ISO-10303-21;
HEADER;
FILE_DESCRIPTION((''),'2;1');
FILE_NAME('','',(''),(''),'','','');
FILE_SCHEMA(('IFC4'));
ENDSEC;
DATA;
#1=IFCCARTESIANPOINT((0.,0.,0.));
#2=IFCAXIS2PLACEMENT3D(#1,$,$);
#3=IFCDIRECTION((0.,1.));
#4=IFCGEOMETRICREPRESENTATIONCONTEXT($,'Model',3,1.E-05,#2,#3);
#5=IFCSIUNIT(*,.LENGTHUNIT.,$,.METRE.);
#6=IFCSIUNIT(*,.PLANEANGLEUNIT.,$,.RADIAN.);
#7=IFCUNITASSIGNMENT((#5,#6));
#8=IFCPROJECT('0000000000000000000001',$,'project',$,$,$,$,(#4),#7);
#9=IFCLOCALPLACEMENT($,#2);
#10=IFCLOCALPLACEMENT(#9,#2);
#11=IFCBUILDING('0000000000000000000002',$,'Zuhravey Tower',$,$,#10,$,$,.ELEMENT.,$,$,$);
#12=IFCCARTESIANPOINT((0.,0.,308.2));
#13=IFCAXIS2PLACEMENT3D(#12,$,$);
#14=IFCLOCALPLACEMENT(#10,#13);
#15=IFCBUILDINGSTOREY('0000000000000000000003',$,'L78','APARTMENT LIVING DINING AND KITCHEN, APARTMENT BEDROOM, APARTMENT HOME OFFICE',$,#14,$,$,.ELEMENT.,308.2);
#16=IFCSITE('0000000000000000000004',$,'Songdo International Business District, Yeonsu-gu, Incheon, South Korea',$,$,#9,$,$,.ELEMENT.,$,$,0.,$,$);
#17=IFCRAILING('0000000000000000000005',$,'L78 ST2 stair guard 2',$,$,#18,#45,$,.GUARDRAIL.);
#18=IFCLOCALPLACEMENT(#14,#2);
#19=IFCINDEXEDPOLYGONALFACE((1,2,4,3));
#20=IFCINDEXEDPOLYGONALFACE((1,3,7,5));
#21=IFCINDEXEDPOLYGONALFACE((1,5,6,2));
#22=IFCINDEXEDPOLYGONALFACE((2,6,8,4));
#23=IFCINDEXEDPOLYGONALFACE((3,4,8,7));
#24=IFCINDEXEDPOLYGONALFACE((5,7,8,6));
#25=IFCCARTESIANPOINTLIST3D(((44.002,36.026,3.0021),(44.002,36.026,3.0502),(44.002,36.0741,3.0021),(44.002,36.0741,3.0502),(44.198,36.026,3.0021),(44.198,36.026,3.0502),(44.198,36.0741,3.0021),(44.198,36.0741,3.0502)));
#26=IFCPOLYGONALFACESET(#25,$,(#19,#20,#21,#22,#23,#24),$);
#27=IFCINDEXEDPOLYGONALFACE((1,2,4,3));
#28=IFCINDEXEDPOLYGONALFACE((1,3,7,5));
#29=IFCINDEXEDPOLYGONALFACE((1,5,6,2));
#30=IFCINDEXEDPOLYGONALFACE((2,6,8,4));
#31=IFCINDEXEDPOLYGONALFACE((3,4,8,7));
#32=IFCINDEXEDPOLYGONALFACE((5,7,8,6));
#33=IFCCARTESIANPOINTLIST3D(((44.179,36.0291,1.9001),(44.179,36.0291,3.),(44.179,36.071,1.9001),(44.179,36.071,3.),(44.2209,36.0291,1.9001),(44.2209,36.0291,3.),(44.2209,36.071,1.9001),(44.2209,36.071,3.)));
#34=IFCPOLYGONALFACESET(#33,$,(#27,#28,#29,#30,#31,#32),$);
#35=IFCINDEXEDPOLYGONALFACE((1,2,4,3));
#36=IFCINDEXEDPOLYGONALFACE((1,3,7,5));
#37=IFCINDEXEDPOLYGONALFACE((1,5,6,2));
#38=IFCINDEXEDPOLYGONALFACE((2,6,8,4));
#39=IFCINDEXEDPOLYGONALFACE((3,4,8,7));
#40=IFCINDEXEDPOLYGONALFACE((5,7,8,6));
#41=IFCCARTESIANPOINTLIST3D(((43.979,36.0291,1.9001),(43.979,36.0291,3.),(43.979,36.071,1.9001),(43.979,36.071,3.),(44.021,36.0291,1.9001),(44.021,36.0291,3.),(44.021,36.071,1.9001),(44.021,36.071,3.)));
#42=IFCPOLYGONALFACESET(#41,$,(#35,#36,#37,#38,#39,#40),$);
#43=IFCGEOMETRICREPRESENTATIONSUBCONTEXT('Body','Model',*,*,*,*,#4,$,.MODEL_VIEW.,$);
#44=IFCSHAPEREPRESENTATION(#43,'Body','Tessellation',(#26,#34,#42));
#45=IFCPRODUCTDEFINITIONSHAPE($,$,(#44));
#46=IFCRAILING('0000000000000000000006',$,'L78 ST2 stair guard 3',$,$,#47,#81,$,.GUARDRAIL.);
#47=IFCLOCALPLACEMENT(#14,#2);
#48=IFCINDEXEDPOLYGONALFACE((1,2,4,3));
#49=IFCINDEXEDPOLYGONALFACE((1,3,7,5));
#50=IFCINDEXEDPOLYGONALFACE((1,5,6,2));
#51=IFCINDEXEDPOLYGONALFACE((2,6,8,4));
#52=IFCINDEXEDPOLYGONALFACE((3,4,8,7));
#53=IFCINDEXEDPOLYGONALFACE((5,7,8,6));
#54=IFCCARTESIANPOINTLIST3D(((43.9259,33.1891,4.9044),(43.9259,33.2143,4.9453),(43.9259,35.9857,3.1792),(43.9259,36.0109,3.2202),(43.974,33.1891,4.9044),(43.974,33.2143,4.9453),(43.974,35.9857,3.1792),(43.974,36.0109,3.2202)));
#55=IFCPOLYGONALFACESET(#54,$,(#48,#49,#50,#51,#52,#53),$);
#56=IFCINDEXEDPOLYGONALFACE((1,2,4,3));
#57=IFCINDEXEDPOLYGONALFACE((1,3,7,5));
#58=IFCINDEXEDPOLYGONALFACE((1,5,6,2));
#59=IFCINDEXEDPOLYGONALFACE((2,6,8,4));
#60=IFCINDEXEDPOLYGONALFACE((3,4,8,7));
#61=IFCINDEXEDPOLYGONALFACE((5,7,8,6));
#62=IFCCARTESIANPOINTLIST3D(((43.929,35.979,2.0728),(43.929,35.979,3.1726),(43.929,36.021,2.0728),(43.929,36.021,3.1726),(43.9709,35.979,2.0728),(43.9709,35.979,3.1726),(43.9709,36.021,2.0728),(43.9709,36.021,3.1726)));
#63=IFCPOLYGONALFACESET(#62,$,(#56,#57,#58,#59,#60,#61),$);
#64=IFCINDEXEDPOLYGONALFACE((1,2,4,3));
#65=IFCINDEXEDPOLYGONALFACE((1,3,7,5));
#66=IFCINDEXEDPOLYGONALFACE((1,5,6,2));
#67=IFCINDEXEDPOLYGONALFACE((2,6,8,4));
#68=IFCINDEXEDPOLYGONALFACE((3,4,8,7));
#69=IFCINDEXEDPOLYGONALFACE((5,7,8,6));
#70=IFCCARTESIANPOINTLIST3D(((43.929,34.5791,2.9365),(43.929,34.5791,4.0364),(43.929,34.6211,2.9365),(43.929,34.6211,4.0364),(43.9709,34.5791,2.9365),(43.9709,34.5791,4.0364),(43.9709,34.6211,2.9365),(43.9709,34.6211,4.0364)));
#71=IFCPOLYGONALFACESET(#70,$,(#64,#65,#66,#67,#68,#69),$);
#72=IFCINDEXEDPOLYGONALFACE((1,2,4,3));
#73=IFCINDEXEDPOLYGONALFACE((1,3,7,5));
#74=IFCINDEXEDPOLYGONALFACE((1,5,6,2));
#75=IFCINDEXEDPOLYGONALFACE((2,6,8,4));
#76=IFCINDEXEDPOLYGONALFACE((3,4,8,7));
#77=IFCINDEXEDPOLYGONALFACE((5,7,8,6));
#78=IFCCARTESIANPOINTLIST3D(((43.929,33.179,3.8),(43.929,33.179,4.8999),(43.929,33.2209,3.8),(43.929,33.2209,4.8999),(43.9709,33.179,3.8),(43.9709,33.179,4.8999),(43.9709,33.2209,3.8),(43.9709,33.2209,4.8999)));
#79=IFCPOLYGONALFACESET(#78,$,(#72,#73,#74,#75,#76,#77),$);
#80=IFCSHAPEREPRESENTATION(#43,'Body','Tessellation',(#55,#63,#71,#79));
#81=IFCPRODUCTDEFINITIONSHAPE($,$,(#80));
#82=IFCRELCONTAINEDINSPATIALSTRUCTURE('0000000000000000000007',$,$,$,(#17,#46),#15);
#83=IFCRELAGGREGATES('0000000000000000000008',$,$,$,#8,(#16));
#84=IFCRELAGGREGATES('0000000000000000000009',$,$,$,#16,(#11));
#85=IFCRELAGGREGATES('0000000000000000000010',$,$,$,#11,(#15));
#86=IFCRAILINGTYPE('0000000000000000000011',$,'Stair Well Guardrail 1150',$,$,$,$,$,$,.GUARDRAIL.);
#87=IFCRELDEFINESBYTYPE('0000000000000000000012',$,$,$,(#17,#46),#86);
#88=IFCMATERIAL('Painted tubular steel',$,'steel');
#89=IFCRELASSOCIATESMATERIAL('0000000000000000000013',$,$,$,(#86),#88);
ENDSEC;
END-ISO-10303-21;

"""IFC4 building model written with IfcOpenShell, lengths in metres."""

from ifc_helpers import new_model, si_unit, direction, frame, origin, origin_2d, place, context, subcontext, project, spatial, rectangle, extrude, material, type_object, element, save


model = new_model("IFC4")

# Units and contexts
model_context = context("Model", 3, precision=1e-05, world=origin(), true_north=direction((0.0, 1.0)))
body_context = subcontext(model_context, "Body", "Model", "MODEL_VIEW")
ifc_project = project(units=[si_unit("LENGTHUNIT", "METRE"), si_unit("PLANEANGLEUNIT", "RADIAN")], contexts=[model_context])

# Site, building, storey
site_placement = place(None, origin())
site = spatial("IfcSite", under=ifc_project, at=site_placement, Name="Songdo International Business District, Yeonsu-gu, Incheon, South Korea", CompositionType="ELEMENT", RefElevation=0.0)
building_placement = place(site_placement, origin())
building = spatial("IfcBuilding", under=site, at=building_placement, Name="Zuhravey Tower", CompositionType="ELEMENT")
storey_placement = place(building_placement, frame((0.0, 0.0, 308.2)))
storey = spatial("IfcBuildingStorey", under=building, at=storey_placement, Name="L78", Description="APARTMENT LIVING DINING AND KITCHEN, APARTMENT BEDROOM, APARTMENT HOME OFFICE", CompositionType="ELEMENT", Elevation=308.2)

# Railings
ifc_material_1 = material(Name="Painted tubular steel", Category="steel")
railing_type_1 = type_object("IfcRailingType", Name="Stair Well Guardrail 1150", PredefinedType="GUARDRAIL", material=ifc_material_1)
railing_1_placement = place(storey_placement, frame((44.2, 36.05, 1.9001)))
element("IfcRailing", 1, at=railing_1_placement, inside=storey, type_object=railing_type_1, Name="L78 ST2 stair guard 2", PredefinedType="GUARDRAIL", context=body_context, shape_type="SweptSolid", body=[
    extrude(rectangle(XDim=0.0481, YDim=0.0481, at=origin_2d()), frame((-0.002, 0.0, 1.126), z_axis=(-1.0, 0.0, 0.0), x_axis=(0.0, -1.0, 0.0)), (0.0, 0.0, 1.0), 0.196),
    extrude(rectangle(XDim=0.042, YDim=0.042, at=origin_2d()), origin(), (0.0, 0.0, 1.0), 1.0999),
    extrude(rectangle(XDim=0.042, YDim=0.042, at=origin_2d()), frame((-0.2, 0.0, 0.0)), (0.0, 0.0, 1.0), 1.0999),
])
railing_2_placement = place(storey_placement, frame((43.95, 36.0, 2.0728)))
element("IfcRailing", 2, at=railing_2_placement, inside=storey, type_object=railing_type_1, Name="L78 ST2 stair guard 3", PredefinedType="GUARDRAIL", context=body_context, shape_type="SweptSolid", body=[
    extrude(rectangle(XDim=0.0481, YDim=0.0481, at=origin_2d()), frame((0.0, -0.0017, 1.127), z_axis=(0.0, -0.85109, 0.52502), x_axis=(1.0, 0.0, 0.0)), (0.0, 0.0, 1.0), 3.2859),
    extrude(rectangle(XDim=0.042, YDim=0.042, at=origin_2d()), origin(), (0.0, 0.0, 1.0), 1.0999),
    extrude(rectangle(XDim=0.042, YDim=0.042, at=origin_2d()), frame((0.0, -1.3999, 0.8638)), (0.0, 0.0, 1.0), 1.0999),
    extrude(rectangle(XDim=0.042, YDim=0.042, at=origin_2d()), frame((0.0, -2.8, 1.7273)), (0.0, 0.0, 1.0), 1.0999),
])

save(model, "model.ifc")
